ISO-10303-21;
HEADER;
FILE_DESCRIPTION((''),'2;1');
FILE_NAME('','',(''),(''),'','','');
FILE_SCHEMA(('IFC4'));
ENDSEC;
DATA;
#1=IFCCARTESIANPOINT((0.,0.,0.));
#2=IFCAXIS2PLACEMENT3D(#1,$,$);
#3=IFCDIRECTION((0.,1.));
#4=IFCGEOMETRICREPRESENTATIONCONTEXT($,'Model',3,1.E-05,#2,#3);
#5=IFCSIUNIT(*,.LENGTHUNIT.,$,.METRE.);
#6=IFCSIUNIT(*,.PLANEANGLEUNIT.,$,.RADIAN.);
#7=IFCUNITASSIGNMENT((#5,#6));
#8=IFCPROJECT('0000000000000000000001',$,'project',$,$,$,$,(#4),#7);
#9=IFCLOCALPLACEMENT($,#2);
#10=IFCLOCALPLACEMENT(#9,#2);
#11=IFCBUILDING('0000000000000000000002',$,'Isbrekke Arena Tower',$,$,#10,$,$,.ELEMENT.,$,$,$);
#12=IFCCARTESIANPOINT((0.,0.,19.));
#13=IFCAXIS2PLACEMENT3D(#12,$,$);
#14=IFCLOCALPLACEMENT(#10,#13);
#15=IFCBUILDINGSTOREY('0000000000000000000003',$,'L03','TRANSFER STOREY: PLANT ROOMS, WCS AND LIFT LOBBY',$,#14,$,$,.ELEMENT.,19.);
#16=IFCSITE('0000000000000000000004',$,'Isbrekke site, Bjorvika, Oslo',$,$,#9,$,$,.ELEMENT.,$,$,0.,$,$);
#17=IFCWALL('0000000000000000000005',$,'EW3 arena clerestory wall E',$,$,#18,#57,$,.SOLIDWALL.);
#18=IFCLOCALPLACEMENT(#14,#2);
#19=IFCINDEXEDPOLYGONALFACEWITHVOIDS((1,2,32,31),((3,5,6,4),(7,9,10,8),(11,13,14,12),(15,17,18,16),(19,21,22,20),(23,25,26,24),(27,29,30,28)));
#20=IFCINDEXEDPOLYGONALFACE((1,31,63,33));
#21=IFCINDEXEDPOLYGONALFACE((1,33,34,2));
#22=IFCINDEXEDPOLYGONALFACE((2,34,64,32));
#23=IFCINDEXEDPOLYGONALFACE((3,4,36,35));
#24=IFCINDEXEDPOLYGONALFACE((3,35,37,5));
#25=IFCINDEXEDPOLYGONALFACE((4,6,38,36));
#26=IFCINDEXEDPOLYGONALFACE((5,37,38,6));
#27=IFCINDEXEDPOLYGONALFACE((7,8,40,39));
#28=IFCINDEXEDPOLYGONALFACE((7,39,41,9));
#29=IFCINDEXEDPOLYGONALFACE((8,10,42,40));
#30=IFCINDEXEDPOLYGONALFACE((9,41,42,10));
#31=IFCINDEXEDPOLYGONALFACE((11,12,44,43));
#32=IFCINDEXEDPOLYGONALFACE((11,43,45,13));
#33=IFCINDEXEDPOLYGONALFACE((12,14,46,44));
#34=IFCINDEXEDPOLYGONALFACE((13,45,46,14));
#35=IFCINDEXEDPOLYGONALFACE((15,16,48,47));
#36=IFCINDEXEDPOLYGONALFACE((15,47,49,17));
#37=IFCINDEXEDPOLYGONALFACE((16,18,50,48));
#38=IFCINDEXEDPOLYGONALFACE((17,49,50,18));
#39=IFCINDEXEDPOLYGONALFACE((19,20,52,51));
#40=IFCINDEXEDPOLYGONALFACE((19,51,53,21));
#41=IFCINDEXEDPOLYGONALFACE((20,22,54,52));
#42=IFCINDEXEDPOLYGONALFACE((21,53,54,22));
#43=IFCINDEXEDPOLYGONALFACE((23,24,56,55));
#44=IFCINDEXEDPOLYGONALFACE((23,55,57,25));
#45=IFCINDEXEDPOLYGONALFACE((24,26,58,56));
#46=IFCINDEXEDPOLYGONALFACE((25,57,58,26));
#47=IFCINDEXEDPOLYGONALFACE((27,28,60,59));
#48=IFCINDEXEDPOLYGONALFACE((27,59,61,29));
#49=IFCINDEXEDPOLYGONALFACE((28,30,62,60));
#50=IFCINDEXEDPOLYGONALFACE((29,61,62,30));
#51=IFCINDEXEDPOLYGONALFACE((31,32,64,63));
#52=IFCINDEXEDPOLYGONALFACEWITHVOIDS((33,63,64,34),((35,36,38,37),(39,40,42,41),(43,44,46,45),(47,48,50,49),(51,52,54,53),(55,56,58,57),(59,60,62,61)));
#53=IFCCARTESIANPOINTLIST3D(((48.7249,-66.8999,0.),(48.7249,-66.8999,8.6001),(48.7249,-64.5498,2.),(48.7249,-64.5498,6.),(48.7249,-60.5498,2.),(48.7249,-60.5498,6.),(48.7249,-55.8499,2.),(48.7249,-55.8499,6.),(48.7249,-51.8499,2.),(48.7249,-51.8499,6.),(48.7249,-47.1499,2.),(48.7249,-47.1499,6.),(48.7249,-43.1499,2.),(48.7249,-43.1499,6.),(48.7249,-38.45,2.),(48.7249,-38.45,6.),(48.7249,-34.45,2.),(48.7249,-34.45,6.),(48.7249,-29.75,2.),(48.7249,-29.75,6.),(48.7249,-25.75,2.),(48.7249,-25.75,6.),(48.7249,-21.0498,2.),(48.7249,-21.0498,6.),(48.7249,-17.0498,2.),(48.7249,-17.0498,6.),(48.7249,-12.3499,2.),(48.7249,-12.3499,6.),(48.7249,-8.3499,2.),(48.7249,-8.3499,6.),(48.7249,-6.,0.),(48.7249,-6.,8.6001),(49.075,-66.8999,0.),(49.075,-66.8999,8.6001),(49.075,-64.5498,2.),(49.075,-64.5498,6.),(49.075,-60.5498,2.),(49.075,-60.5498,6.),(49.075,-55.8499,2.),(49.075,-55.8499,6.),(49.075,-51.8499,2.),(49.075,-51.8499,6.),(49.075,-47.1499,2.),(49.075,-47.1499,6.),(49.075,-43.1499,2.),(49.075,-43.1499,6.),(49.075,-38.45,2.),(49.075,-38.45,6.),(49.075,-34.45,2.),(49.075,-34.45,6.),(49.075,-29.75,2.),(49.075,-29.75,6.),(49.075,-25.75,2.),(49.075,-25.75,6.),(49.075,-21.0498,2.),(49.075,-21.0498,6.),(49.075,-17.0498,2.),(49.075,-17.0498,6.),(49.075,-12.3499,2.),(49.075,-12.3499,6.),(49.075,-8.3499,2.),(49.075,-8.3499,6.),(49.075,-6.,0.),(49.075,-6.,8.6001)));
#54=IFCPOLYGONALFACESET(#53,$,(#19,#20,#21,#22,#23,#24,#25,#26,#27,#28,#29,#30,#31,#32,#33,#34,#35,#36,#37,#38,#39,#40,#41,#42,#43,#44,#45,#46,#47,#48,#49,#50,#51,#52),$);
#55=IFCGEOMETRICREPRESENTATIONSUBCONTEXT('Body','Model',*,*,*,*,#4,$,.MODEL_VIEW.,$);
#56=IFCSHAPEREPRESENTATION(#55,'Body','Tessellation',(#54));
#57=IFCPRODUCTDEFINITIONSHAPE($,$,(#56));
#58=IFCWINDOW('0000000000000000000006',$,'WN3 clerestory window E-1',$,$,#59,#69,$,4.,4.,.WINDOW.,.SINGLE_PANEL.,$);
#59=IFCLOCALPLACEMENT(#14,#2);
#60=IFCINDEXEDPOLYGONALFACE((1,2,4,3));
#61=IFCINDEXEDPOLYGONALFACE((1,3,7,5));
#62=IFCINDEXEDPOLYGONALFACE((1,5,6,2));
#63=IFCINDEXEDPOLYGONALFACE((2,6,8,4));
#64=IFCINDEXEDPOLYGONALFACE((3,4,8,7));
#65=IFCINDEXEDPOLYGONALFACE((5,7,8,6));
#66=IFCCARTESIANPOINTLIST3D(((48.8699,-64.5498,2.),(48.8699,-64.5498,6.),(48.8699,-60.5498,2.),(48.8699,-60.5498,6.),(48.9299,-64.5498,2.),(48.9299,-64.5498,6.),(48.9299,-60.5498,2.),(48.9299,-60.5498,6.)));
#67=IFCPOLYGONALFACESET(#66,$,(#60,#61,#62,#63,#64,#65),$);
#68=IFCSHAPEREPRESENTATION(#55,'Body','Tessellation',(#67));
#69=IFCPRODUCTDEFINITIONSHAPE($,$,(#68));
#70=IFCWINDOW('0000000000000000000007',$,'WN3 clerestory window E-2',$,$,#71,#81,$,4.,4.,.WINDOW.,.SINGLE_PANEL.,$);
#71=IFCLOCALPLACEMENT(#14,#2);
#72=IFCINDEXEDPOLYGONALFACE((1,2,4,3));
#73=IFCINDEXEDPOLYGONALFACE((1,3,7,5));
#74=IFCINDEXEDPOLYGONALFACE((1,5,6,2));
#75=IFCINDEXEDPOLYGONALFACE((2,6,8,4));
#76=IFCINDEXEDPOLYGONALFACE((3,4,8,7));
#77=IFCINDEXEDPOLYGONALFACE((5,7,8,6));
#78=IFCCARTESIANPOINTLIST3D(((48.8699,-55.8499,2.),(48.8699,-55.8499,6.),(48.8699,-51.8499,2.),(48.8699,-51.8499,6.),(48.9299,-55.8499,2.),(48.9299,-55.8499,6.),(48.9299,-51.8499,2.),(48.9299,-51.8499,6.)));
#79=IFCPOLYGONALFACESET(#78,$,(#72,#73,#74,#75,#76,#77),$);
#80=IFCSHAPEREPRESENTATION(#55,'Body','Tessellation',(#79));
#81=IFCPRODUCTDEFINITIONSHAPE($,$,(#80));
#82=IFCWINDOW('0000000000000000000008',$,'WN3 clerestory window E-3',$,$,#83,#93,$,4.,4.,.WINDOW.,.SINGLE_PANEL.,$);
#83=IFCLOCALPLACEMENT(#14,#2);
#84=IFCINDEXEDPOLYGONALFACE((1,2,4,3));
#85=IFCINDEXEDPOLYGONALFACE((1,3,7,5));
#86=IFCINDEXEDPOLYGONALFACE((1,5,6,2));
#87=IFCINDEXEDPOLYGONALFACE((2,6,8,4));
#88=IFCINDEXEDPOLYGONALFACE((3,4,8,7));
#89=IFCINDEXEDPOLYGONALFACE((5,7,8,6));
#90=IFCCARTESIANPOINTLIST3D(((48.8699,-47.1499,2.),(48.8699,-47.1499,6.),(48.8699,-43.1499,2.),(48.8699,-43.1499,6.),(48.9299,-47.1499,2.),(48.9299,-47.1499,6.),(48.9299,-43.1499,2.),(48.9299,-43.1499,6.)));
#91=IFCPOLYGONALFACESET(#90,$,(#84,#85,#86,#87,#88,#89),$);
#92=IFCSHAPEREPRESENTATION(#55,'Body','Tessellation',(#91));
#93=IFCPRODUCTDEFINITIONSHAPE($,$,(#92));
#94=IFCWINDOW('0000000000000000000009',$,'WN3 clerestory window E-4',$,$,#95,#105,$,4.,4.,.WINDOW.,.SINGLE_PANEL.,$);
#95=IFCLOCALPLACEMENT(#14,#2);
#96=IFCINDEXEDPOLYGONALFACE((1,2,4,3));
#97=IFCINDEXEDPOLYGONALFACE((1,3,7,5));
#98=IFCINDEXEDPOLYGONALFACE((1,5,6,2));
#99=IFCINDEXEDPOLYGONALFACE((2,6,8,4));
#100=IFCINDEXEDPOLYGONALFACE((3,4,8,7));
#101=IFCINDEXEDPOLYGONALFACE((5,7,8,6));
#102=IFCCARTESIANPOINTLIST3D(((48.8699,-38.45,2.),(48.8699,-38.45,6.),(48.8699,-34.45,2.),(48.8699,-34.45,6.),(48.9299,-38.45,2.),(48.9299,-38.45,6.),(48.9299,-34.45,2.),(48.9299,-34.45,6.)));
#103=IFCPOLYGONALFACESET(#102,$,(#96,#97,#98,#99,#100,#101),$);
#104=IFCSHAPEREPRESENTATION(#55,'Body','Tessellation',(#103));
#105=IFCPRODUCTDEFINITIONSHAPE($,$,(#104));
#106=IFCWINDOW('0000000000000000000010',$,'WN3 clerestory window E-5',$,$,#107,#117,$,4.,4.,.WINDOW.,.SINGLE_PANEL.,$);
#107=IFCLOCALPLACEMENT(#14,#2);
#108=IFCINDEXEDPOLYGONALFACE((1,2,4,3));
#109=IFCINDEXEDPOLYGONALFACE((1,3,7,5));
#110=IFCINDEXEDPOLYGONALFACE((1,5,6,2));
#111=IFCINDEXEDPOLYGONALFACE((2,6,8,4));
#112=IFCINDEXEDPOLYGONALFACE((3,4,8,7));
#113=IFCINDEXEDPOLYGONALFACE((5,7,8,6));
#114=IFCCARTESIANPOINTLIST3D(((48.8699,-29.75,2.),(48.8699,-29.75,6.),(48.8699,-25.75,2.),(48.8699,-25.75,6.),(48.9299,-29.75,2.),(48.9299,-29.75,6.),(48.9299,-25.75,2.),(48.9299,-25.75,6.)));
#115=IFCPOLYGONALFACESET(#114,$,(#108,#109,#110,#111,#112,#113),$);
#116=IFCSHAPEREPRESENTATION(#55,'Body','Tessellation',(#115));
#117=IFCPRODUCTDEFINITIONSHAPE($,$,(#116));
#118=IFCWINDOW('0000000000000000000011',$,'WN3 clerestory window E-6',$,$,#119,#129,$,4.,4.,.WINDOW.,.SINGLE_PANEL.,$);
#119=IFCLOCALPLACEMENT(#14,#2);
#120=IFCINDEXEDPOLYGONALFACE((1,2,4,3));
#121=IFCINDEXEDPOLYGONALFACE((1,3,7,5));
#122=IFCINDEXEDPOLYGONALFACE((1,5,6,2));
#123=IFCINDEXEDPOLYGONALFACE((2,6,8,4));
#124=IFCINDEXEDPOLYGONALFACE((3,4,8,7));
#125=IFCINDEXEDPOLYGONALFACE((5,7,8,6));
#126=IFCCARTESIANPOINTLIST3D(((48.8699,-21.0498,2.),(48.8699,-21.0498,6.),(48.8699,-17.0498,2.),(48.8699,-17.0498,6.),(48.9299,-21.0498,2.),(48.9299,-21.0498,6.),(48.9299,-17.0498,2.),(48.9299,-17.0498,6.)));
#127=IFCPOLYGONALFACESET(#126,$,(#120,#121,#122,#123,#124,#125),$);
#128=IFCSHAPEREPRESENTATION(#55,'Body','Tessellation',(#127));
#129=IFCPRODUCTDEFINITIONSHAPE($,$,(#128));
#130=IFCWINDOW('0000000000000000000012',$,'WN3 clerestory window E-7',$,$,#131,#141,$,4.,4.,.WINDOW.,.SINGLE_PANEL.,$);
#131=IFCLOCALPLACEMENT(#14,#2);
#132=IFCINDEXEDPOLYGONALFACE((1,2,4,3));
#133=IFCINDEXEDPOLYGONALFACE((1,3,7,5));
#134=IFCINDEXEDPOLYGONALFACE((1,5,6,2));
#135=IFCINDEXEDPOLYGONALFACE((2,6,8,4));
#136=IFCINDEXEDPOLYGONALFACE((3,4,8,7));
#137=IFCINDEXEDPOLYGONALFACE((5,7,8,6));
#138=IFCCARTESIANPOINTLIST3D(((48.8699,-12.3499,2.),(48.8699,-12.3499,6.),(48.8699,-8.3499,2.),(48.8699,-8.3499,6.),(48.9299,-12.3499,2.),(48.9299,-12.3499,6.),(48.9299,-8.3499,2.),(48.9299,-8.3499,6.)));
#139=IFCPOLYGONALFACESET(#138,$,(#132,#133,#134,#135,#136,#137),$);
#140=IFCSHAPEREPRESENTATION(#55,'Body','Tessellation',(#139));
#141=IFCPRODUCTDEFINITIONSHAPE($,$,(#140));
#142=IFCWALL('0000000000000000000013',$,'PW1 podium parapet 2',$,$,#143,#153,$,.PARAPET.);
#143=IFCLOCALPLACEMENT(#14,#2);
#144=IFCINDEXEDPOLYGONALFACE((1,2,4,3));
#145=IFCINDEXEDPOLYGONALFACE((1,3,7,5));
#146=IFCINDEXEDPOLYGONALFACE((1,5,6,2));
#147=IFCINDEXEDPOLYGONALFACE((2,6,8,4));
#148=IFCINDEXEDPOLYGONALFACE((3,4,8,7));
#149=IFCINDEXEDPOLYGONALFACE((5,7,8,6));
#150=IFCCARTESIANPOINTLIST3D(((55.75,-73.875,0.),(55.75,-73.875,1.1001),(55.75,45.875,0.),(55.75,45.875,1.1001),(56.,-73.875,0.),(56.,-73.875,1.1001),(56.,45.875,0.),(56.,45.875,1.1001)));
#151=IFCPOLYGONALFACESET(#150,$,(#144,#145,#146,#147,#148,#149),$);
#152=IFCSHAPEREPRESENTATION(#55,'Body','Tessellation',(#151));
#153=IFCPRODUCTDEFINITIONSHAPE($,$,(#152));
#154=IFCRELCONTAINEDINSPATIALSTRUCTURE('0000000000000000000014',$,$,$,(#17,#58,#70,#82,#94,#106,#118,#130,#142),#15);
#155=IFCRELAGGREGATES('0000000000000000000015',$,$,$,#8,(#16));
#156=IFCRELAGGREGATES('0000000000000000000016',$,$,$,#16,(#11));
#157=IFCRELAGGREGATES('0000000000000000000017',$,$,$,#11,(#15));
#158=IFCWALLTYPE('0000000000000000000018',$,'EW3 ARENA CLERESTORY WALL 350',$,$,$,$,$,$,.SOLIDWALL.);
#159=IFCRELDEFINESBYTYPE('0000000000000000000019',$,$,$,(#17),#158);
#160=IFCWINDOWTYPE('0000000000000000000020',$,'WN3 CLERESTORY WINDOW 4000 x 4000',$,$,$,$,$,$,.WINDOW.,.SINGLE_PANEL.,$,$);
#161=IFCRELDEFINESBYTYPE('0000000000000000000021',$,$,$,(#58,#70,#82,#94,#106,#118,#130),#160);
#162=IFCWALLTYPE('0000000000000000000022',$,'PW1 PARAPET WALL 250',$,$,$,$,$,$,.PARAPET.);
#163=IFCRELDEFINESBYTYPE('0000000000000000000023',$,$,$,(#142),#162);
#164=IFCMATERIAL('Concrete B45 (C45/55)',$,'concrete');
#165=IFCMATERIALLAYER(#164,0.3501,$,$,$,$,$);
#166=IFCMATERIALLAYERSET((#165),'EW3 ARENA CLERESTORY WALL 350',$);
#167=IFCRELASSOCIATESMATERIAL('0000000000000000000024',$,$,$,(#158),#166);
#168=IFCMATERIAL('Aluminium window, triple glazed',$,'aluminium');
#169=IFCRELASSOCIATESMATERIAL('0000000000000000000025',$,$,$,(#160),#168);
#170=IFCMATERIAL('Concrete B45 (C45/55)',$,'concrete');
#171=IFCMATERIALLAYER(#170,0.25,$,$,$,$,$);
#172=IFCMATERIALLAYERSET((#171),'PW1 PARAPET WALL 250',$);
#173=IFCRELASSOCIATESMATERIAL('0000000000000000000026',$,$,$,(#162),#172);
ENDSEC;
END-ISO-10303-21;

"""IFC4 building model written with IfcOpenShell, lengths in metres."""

from ifc_helpers import new_model, si_unit, direction, frame, frame_2d, origin, place, context, subcontext, project, spatial, rectangle, extrude, material, layer, layer_set, type_object, element, fill, save


model = new_model("IFC4")

# Units and contexts
model_context = context("Model", 3, precision=1e-05, world=origin(), true_north=direction((0.0, 1.0)))
body_context = subcontext(model_context, "Body", "Model", "MODEL_VIEW")
ifc_project = project(units=[si_unit("LENGTHUNIT", "METRE"), si_unit("PLANEANGLEUNIT", "RADIAN")], contexts=[model_context])

# Site, building, storey
site_placement = place(None, origin())
site = spatial("IfcSite", under=ifc_project, at=site_placement, Name="Isbrekke site, Bjorvika, Oslo", CompositionType="ELEMENT", RefElevation=0.0)
building_placement = place(site_placement, origin())
building = spatial("IfcBuilding", under=site, at=building_placement, Name="Isbrekke Arena Tower", CompositionType="ELEMENT")
storey_placement = place(building_placement, frame((0.0, 0.0, 19.0)))
storey = spatial("IfcBuildingStorey", under=building, at=storey_placement, Name="L03", Description="TRANSFER STOREY: PLANT ROOMS, WCS AND LIFT LOBBY", CompositionType="ELEMENT", Elevation=19.0)

# Wall, openings, windows
ifc_material_1 = material(Name="Concrete B45 (C45/55)", Category="concrete")
ifc_layer_1 = layer(ifc_material_1, 0.3501)
ifc_layer_set_1 = layer_set([ifc_layer_1], Name="EW3 ARENA CLERESTORY WALL 350")
wall_type_1 = type_object("IfcWallType", Name="EW3 ARENA CLERESTORY WALL 350", PredefinedType="SOLIDWALL", material=ifc_layer_set_1)
wall_1_placement = place(storey_placement, frame((48.8999, -66.8999, 0.0), z_axis=(0.0, 0.0, 1.0), x_axis=(0.0, 1.0, 0.0)))
wall_1 = element("IfcWall", 1, at=wall_1_placement, inside=storey, type_object=wall_type_1, Name="EW3 arena clerestory wall E", PredefinedType="SOLIDWALL", context=body_context, shape_type="SweptSolid", body=[
    extrude(rectangle(XDim=60.8999, YDim=0.3501, at=frame_2d((30.45, 0.0))), origin(), (0.0, 0.0, 1.0), 8.6001),
])
opening_1_placement = place(wall_1_placement, frame((2.3501, 0.0, 2.0)))
opening_1 = element("IfcOpeningElement", 2, at=opening_1_placement, cuts=wall_1, PredefinedType="OPENING", context=body_context, shape_type="SweptSolid", body=[
    extrude(rectangle(XDim=4.0, YDim=4.0, at=frame_2d((2.0, 2.0))), frame((0.0, 0.1899, 0.0), z_axis=(0.0, -1.0, 0.0), x_axis=(1.0, 0.0, 0.0)), (0.0, 0.0, 1.0), 0.3799),
])
opening_2_placement = place(wall_1_placement, frame((11.05, 0.0, 2.0)))
opening_2 = element("IfcOpeningElement", 3, at=opening_2_placement, cuts=wall_1, PredefinedType="OPENING", context=body_context, shape_type="SweptSolid", body=[
    extrude(rectangle(XDim=4.0, YDim=4.0, at=frame_2d((2.0, 2.0))), frame((0.0, 0.1899, 0.0), z_axis=(0.0, -1.0, 0.0), x_axis=(1.0, 0.0, 0.0)), (0.0, 0.0, 1.0), 0.3799),
])
opening_3_placement = place(wall_1_placement, frame((19.75, 0.0, 2.0)))
opening_3 = element("IfcOpeningElement", 4, at=opening_3_placement, cuts=wall_1, PredefinedType="OPENING", context=body_context, shape_type="SweptSolid", body=[
    extrude(rectangle(XDim=4.0, YDim=4.0, at=frame_2d((2.0, 2.0))), frame((0.0, 0.1899, 0.0), z_axis=(0.0, -1.0, 0.0), x_axis=(1.0, 0.0, 0.0)), (0.0, 0.0, 1.0), 0.3799),
])
opening_4_placement = place(wall_1_placement, frame((28.45, 0.0, 2.0)))
opening_4 = element("IfcOpeningElement", 5, at=opening_4_placement, cuts=wall_1, PredefinedType="OPENING", context=body_context, shape_type="SweptSolid", body=[
    extrude(rectangle(XDim=4.0, YDim=4.0, at=frame_2d((2.0, 2.0))), frame((0.0, 0.1899, 0.0), z_axis=(0.0, -1.0, 0.0), x_axis=(1.0, 0.0, 0.0)), (0.0, 0.0, 1.0), 0.3799),
])
opening_5_placement = place(wall_1_placement, frame((37.1499, 0.0, 2.0)))
opening_5 = element("IfcOpeningElement", 6, at=opening_5_placement, cuts=wall_1, PredefinedType="OPENING", context=body_context, shape_type="SweptSolid", body=[
    extrude(rectangle(XDim=4.0, YDim=4.0, at=frame_2d((2.0, 2.0))), frame((0.0, 0.1899, 0.0), z_axis=(0.0, -1.0, 0.0), x_axis=(1.0, 0.0, 0.0)), (0.0, 0.0, 1.0), 0.3799),
])
opening_6_placement = place(wall_1_placement, frame((45.8501, 0.0, 2.0)))
opening_6 = element("IfcOpeningElement", 7, at=opening_6_placement, cuts=wall_1, PredefinedType="OPENING", context=body_context, shape_type="SweptSolid", body=[
    extrude(rectangle(XDim=4.0, YDim=4.0, at=frame_2d((2.0, 2.0))), frame((0.0, 0.1899, 0.0), z_axis=(0.0, -1.0, 0.0), x_axis=(1.0, 0.0, 0.0)), (0.0, 0.0, 1.0), 0.3799),
])
opening_7_placement = place(wall_1_placement, frame((54.55, 0.0, 2.0)))
opening_7 = element("IfcOpeningElement", 8, at=opening_7_placement, cuts=wall_1, PredefinedType="OPENING", context=body_context, shape_type="SweptSolid", body=[
    extrude(rectangle(XDim=4.0, YDim=4.0, at=frame_2d((2.0, 2.0))), frame((0.0, 0.1899, 0.0), z_axis=(0.0, -1.0, 0.0), x_axis=(1.0, 0.0, 0.0)), (0.0, 0.0, 1.0), 0.3799),
])
ifc_material_2 = material(Name="Aluminium window, triple glazed", Category="aluminium")
window_type = type_object("IfcWindowType", Name="WN3 CLERESTORY WINDOW 4000 x 4000", PartitioningType="SINGLE_PANEL", PredefinedType="WINDOW", material=ifc_material_2)
window_1_placement = place(opening_1_placement, origin())
window_1 = element("IfcWindow", 9, at=window_1_placement, inside=storey, type_object=window_type, Name="WN3 clerestory window E-1", OverallHeight=4.0, OverallWidth=4.0, PartitioningType="SINGLE_PANEL", PredefinedType="WINDOW", context=body_context, shape_type="SweptSolid", body=[
    extrude(rectangle(XDim=4.0, YDim=4.0, at=frame_2d((2.0, 2.0))), frame((0.0, 0.03, 0.0), z_axis=(0.0, -1.0, 0.0), x_axis=(1.0, 0.0, 0.0)), (0.0, 0.0, 1.0), 0.0601),
])
fill(opening_1, window_1)
window_2_placement = place(opening_2_placement, origin())
window_2 = element("IfcWindow", 10, at=window_2_placement, inside=storey, type_object=window_type, Name="WN3 clerestory window E-2", OverallHeight=4.0, OverallWidth=4.0, PartitioningType="SINGLE_PANEL", PredefinedType="WINDOW", context=body_context, shape_type="SweptSolid", body=[
    extrude(rectangle(XDim=4.0, YDim=4.0, at=frame_2d((2.0, 2.0))), frame((0.0, 0.03, 0.0), z_axis=(0.0, -1.0, 0.0), x_axis=(1.0, 0.0, 0.0)), (0.0, 0.0, 1.0), 0.0601),
])
fill(opening_2, window_2)
window_3_placement = place(opening_3_placement, origin())
window_3 = element("IfcWindow", 11, at=window_3_placement, inside=storey, type_object=window_type, Name="WN3 clerestory window E-3", OverallHeight=4.0, OverallWidth=4.0, PartitioningType="SINGLE_PANEL", PredefinedType="WINDOW", context=body_context, shape_type="SweptSolid", body=[
    extrude(rectangle(XDim=4.0, YDim=4.0, at=frame_2d((2.0, 2.0))), frame((0.0, 0.03, 0.0), z_axis=(0.0, -1.0, 0.0), x_axis=(1.0, 0.0, 0.0)), (0.0, 0.0, 1.0), 0.0601),
])
fill(opening_3, window_3)
window_4_placement = place(opening_4_placement, origin())
window_4 = element("IfcWindow", 12, at=window_4_placement, inside=storey, type_object=window_type, Name="WN3 clerestory window E-4", OverallHeight=4.0, OverallWidth=4.0, PartitioningType="SINGLE_PANEL", PredefinedType="WINDOW", context=body_context, shape_type="SweptSolid", body=[
    extrude(rectangle(XDim=4.0, YDim=4.0, at=frame_2d((2.0, 2.0))), frame((0.0, 0.03, 0.0), z_axis=(0.0, -1.0, 0.0), x_axis=(1.0, 0.0, 0.0)), (0.0, 0.0, 1.0), 0.0601),
])
fill(opening_4, window_4)
window_5_placement = place(opening_5_placement, origin())
window_5 = element("IfcWindow", 13, at=window_5_placement, inside=storey, type_object=window_type, Name="WN3 clerestory window E-5", OverallHeight=4.0, OverallWidth=4.0, PartitioningType="SINGLE_PANEL", PredefinedType="WINDOW", context=body_context, shape_type="SweptSolid", body=[
    extrude(rectangle(XDim=4.0, YDim=4.0, at=frame_2d((2.0, 2.0))), frame((0.0, 0.03, 0.0), z_axis=(0.0, -1.0, 0.0), x_axis=(1.0, 0.0, 0.0)), (0.0, 0.0, 1.0), 0.0601),
])
fill(opening_5, window_5)
window_6_placement = place(opening_6_placement, origin())
window_6 = element("IfcWindow", 14, at=window_6_placement, inside=storey, type_object=window_type, Name="WN3 clerestory window E-6", OverallHeight=4.0, OverallWidth=4.0, PartitioningType="SINGLE_PANEL", PredefinedType="WINDOW", context=body_context, shape_type="SweptSolid", body=[
    extrude(rectangle(XDim=4.0, YDim=4.0, at=frame_2d((2.0, 2.0))), frame((0.0, 0.03, 0.0), z_axis=(0.0, -1.0, 0.0), x_axis=(1.0, 0.0, 0.0)), (0.0, 0.0, 1.0), 0.0601),
])
fill(opening_6, window_6)
window_7_placement = place(opening_7_placement, origin())
window_7 = element("IfcWindow", 15, at=window_7_placement, inside=storey, type_object=window_type, Name="WN3 clerestory window E-7", OverallHeight=4.0, OverallWidth=4.0, PartitioningType="SINGLE_PANEL", PredefinedType="WINDOW", context=body_context, shape_type="SweptSolid", body=[
    extrude(rectangle(XDim=4.0, YDim=4.0, at=frame_2d((2.0, 2.0))), frame((0.0, 0.03, 0.0), z_axis=(0.0, -1.0, 0.0), x_axis=(1.0, 0.0, 0.0)), (0.0, 0.0, 1.0), 0.0601),
])
fill(opening_7, window_7)

# Wall
ifc_material_3 = material(Name="Concrete B45 (C45/55)", Category="concrete")
ifc_layer_2 = layer(ifc_material_3, 0.25)
ifc_layer_set_2 = layer_set([ifc_layer_2], Name="PW1 PARAPET WALL 250")
wall_type_2 = type_object("IfcWallType", Name="PW1 PARAPET WALL 250", PredefinedType="PARAPET", material=ifc_layer_set_2)
wall_2_placement = place(storey_placement, frame((55.875, -73.875, 0.0), z_axis=(0.0, 0.0, 1.0), x_axis=(0.0, 1.0, 0.0)))
element("IfcWall", 16, at=wall_2_placement, inside=storey, type_object=wall_type_2, Name="PW1 podium parapet 2", PredefinedType="PARAPET", context=body_context, shape_type="SweptSolid", body=[
    extrude(rectangle(XDim=119.75, YDim=0.25, at=frame_2d((59.875, 0.0))), origin(), (0.0, 0.0, 1.0), 1.1001),
])

save(model, "model.ifc")
